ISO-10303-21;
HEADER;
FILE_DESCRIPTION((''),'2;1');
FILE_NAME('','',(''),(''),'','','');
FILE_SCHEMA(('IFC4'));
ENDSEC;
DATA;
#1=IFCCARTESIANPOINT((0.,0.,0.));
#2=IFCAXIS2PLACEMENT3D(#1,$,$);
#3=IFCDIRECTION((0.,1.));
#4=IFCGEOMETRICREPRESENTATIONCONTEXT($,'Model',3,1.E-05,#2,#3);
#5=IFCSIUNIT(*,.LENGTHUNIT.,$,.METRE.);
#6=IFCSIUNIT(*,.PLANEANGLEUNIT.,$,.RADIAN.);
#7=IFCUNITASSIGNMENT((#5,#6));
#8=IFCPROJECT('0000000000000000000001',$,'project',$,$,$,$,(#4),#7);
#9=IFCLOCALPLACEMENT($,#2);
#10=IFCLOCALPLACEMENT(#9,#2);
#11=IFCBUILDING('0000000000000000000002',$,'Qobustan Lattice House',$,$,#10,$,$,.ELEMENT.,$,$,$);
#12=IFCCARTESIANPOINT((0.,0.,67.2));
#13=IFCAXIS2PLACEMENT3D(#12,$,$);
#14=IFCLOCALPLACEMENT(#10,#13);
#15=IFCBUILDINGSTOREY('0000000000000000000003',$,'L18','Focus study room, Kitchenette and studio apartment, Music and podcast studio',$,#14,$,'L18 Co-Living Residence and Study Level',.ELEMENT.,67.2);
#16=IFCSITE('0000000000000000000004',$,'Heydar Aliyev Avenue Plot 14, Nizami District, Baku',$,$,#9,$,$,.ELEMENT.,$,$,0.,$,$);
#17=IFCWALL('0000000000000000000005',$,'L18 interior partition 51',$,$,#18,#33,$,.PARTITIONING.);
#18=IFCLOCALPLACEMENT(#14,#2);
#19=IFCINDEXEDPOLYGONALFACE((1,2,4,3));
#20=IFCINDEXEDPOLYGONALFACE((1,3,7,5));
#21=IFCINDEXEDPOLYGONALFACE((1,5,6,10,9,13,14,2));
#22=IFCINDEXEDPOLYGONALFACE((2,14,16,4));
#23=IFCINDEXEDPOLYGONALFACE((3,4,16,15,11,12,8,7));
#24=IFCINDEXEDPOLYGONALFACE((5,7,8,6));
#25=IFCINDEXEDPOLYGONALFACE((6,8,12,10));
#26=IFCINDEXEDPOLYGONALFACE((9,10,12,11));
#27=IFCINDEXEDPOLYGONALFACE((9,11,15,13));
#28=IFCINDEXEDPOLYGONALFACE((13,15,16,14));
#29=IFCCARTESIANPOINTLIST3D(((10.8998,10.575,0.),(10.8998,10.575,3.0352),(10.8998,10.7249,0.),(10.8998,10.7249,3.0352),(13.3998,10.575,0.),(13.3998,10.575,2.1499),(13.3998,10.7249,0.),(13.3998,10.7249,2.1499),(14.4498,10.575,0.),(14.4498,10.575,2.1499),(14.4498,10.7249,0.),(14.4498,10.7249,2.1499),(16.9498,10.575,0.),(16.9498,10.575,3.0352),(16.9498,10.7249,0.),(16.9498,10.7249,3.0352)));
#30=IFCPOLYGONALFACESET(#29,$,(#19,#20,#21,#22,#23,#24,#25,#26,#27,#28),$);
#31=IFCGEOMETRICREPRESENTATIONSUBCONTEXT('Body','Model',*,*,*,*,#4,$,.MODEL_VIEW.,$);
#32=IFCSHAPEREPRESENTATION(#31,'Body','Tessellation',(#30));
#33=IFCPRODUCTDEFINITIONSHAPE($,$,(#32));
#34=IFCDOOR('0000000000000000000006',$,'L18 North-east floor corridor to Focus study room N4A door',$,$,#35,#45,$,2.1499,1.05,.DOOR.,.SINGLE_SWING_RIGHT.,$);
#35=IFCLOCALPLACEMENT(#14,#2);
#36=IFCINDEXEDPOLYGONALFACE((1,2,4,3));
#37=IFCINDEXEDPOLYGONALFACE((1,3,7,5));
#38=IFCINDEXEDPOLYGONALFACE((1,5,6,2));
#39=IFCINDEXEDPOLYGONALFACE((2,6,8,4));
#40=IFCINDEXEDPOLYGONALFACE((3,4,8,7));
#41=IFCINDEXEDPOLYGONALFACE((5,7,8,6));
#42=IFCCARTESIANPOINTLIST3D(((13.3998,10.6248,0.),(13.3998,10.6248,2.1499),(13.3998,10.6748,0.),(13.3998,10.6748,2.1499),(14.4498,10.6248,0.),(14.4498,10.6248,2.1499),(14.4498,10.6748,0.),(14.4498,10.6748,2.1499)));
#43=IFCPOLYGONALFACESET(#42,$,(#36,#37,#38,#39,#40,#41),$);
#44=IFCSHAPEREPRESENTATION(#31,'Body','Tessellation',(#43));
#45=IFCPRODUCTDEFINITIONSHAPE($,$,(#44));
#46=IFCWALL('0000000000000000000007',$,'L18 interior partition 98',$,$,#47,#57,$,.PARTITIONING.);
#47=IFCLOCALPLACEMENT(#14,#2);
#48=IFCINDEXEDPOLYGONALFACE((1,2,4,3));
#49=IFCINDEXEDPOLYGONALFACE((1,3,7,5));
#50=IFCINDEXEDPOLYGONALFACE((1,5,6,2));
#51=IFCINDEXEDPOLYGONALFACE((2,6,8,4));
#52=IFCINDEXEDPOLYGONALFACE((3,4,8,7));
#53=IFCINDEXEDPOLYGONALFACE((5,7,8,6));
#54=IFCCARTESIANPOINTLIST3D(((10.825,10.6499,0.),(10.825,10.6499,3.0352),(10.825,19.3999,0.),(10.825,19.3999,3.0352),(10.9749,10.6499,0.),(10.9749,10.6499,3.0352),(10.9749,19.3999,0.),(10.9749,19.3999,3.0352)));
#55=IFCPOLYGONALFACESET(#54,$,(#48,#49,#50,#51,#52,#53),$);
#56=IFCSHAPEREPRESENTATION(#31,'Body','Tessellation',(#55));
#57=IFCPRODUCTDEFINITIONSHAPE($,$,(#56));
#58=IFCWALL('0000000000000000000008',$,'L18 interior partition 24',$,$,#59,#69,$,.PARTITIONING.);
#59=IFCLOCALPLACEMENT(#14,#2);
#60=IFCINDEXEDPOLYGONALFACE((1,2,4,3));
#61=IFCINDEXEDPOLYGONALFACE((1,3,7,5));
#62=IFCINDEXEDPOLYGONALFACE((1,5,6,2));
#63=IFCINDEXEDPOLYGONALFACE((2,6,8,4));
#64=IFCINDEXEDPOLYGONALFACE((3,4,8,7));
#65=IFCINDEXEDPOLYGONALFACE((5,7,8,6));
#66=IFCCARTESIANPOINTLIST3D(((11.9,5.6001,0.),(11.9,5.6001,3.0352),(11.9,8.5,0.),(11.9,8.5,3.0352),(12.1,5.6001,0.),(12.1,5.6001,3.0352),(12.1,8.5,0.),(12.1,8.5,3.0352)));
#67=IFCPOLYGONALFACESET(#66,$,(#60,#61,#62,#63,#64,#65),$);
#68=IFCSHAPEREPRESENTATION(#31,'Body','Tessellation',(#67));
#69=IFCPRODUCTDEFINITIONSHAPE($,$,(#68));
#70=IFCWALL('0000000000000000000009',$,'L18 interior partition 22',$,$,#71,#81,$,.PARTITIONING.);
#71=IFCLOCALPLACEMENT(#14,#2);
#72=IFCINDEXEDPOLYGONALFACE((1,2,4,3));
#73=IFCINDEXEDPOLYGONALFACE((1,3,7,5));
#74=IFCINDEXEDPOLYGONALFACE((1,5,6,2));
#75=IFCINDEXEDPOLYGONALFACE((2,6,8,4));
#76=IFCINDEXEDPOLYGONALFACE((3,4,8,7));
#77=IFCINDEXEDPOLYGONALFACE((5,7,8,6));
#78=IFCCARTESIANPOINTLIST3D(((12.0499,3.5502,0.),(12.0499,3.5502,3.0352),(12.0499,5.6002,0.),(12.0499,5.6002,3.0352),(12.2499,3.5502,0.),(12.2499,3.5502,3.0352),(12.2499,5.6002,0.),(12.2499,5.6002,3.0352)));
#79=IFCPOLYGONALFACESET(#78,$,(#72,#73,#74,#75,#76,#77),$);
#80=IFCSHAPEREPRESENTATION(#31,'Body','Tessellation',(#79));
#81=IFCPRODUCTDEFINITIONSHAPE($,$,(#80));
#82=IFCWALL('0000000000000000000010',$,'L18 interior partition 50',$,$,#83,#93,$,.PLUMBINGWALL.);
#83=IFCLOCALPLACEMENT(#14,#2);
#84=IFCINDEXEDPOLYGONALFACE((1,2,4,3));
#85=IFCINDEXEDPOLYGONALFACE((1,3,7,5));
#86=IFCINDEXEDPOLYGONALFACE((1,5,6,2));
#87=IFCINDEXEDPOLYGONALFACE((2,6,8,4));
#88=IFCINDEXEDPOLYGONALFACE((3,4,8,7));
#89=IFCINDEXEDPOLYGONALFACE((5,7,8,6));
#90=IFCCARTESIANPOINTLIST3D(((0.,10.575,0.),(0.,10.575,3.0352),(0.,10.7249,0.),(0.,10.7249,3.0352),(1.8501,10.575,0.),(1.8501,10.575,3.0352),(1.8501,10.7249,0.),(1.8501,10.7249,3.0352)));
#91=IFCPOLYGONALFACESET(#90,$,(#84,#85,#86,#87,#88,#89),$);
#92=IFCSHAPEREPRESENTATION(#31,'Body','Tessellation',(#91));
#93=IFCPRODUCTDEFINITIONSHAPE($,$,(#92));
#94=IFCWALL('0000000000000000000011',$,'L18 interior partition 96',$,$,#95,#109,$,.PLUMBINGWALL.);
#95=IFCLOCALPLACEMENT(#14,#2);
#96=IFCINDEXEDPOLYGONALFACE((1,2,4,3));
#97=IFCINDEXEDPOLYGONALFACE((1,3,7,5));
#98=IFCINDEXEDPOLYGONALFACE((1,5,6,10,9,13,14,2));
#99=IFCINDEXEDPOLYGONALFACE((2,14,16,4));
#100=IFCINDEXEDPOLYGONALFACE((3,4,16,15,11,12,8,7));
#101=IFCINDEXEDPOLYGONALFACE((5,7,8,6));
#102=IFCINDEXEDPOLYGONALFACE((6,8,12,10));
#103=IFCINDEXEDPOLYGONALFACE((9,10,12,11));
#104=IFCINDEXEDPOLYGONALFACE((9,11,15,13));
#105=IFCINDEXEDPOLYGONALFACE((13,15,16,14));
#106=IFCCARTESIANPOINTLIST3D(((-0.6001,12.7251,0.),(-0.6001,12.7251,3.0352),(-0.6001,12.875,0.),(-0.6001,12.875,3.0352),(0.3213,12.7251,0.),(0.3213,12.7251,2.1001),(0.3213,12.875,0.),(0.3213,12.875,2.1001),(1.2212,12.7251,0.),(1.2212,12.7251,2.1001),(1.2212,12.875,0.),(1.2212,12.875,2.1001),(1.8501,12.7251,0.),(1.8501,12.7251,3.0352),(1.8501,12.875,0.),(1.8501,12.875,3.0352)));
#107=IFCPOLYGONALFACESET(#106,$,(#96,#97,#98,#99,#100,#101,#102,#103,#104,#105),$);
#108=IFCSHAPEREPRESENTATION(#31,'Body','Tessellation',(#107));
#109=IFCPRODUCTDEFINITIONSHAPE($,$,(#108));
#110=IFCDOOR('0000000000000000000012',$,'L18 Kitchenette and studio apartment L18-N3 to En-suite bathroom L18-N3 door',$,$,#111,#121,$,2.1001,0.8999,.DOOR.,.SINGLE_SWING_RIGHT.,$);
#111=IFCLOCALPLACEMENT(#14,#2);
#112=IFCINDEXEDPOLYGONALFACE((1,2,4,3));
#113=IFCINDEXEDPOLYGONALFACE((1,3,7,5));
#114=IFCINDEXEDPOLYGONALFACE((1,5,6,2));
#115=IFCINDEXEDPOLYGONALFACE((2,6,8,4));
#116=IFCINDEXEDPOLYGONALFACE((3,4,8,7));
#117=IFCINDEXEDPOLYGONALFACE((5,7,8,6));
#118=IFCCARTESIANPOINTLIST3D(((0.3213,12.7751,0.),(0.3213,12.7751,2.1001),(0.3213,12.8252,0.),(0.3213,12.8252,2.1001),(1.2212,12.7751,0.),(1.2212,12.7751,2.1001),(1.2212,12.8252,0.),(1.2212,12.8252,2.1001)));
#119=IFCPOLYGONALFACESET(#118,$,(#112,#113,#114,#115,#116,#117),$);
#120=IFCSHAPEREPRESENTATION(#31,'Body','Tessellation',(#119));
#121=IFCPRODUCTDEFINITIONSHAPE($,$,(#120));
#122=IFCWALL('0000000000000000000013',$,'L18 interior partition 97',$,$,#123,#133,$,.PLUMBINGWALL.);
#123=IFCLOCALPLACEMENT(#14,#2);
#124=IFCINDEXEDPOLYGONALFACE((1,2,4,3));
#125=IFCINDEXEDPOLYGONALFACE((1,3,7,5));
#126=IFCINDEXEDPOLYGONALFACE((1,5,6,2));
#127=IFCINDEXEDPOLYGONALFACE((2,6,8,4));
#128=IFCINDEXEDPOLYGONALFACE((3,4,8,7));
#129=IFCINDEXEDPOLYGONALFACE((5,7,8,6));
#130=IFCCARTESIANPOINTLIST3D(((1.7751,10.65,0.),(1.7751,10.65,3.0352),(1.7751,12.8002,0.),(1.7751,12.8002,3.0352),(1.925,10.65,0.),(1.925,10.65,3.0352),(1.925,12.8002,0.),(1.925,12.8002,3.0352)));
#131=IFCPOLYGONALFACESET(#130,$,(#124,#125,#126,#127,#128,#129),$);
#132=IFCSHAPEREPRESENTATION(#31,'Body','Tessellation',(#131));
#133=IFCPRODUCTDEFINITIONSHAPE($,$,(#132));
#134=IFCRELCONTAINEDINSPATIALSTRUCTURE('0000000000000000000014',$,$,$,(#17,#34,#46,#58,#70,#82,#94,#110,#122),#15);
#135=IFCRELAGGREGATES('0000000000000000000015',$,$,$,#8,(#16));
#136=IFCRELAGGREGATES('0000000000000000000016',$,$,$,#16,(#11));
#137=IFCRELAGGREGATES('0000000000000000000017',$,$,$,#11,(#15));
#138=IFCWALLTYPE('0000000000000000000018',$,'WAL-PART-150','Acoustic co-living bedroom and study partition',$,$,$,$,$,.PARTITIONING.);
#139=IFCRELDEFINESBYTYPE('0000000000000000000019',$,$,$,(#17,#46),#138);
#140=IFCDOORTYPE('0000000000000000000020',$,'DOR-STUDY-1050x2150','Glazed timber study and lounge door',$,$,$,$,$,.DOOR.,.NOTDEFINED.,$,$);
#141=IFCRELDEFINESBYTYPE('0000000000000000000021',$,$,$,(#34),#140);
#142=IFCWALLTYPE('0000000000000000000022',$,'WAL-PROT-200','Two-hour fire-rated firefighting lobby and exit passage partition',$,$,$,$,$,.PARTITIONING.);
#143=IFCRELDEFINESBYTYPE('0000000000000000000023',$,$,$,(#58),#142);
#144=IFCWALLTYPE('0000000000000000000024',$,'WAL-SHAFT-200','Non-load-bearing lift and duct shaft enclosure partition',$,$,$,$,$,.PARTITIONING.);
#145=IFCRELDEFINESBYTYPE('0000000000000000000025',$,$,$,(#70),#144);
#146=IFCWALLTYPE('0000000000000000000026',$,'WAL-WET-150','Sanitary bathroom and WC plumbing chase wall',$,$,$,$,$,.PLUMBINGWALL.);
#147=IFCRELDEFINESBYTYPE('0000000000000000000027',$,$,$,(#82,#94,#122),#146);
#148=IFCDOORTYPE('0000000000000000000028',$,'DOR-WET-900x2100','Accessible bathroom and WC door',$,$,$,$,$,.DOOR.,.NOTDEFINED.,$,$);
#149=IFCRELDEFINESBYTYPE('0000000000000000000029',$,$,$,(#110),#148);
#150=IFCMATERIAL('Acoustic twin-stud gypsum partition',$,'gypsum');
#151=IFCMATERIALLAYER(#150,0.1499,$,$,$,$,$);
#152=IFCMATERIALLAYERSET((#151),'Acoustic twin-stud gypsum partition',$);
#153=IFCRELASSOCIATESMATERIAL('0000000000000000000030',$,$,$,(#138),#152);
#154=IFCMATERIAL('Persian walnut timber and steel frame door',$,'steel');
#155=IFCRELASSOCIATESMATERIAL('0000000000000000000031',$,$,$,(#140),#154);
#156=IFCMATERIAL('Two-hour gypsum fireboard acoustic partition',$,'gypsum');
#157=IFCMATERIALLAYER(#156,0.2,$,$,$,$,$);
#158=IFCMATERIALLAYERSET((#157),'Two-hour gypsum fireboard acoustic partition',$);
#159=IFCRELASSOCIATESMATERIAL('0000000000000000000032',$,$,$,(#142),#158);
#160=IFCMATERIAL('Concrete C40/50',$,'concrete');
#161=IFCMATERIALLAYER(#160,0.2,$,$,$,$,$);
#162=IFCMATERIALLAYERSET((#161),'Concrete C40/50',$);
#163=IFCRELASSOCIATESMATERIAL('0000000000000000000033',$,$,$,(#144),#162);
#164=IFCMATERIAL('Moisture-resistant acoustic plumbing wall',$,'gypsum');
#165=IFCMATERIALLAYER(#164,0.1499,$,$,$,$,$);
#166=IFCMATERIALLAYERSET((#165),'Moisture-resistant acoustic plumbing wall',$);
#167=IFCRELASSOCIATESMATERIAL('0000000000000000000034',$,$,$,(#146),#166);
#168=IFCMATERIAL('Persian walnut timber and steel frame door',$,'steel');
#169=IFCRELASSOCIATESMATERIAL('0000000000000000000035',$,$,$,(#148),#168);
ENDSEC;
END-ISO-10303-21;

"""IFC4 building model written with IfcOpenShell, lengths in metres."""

from ifc_helpers import new_model, si_unit, direction, frame, frame_2d, origin, place, context, subcontext, project, spatial, rectangle, extrude, material, layer, layer_set, type_object, element, fill, save


model = new_model("IFC4")

# Units and contexts
model_context = context("Model", 3, precision=1e-05, world=origin(), true_north=direction((0.0, 1.0)))
body_context = subcontext(model_context, "Body", "Model", "MODEL_VIEW")
ifc_project = project(units=[si_unit("LENGTHUNIT", "METRE"), si_unit("PLANEANGLEUNIT", "RADIAN")], contexts=[model_context])

# Site, building, storey
site_placement = place(None, origin())
site = spatial("IfcSite", under=ifc_project, at=site_placement, Name="Heydar Aliyev Avenue Plot 14, Nizami District, Baku", CompositionType="ELEMENT", RefElevation=0.0)
building_placement = place(site_placement, origin())
building = spatial("IfcBuilding", under=site, at=building_placement, Name="Qobustan Lattice House", CompositionType="ELEMENT")
storey_placement = place(building_placement, frame((0.0, 0.0, 67.2)))
storey = spatial("IfcBuildingStorey", under=building, at=storey_placement, Name="L18", Description="Focus study room, Kitchenette and studio apartment, Music and podcast studio", LongName="L18 Co-Living Residence and Study Level", CompositionType="ELEMENT", Elevation=67.2)

# Shared definitions
ifc_material_1 = material(Name="Acoustic twin-stud gypsum partition", Category="gypsum")
ifc_layer_1 = layer(ifc_material_1, 0.1499)
ifc_layer_set_1 = layer_set([ifc_layer_1], Name="Acoustic twin-stud gypsum partition")
wall_type_1 = type_object("IfcWallType", Name="WAL-PART-150", Description="Acoustic co-living bedroom and study partition", PredefinedType="PARTITIONING", material=ifc_layer_set_1)

# Wall, opening, door
wall_1_placement = place(storey_placement, frame((10.8999, 10.6499, 0.0), z_axis=(0.0, 0.0, 1.0), x_axis=(1.0, 0.0, 0.0)))
wall_1 = element("IfcWall", 1, at=wall_1_placement, inside=storey, type_object=wall_type_1, Name="L18 interior partition 51", PredefinedType="PARTITIONING", context=body_context, shape_type="SweptSolid", body=[
    extrude(rectangle(XDim=6.05, YDim=0.1499, at=frame_2d((3.0249, 0.0))), origin(), (0.0, 0.0, 1.0), 3.0352),
])
opening_1_placement = place(wall_1_placement, frame((2.5, 0.0, 0.0)))
opening_1 = element("IfcOpeningElement", 2, at=opening_1_placement, cuts=wall_1, PredefinedType="OPENING", context=body_context, shape_type="SweptSolid", body=[
    extrude(rectangle(XDim=1.05, YDim=2.1499, at=frame_2d((0.5249, 1.075))), frame((0.0, 0.085, 0.0), z_axis=(0.0, -1.0, 0.0), x_axis=(1.0, 0.0, 0.0)), (0.0, 0.0, 1.0), 0.1699),
])
ifc_material_2 = material(Name="Persian walnut timber and steel frame door", Category="steel")
door_type_1 = type_object("IfcDoorType", Name="DOR-STUDY-1050x2150", Description="Glazed timber study and lounge door", OperationType="NOTDEFINED", PredefinedType="DOOR", material=ifc_material_2)
door_1_placement = place(opening_1_placement, origin())
door_1 = element("IfcDoor", 3, at=door_1_placement, inside=storey, type_object=door_type_1, Name="L18 North-east floor corridor to Focus study room N4A door", OperationType="SINGLE_SWING_RIGHT", OverallHeight=2.1499, OverallWidth=1.05, PredefinedType="DOOR", context=body_context, shape_type="SweptSolid", body=[
    extrude(rectangle(XDim=1.05, YDim=2.1499, at=frame_2d((0.5249, 1.075))), frame((0.0, 0.0249, 0.0), z_axis=(0.0, -1.0, 0.0), x_axis=(1.0, 0.0, 0.0)), (0.0, 0.0, 1.0), 0.05),
])
fill(opening_1, door_1)

# Walls
wall_2_placement = place(storey_placement, frame((10.8999, 19.3999, 0.0), z_axis=(0.0, 0.0, 1.0), x_axis=(0.0, -1.0, 0.0)))
element("IfcWall", 4, at=wall_2_placement, inside=storey, type_object=wall_type_1, Name="L18 interior partition 98", PredefinedType="PARTITIONING", context=body_context, shape_type="SweptSolid", body=[
    extrude(rectangle(XDim=8.75, YDim=0.1499, at=frame_2d((4.375, 0.0))), origin(), (0.0, 0.0, 1.0), 3.0352),
])
ifc_material_3 = material(Name="Two-hour gypsum fireboard acoustic partition", Category="gypsum")
ifc_layer_2 = layer(ifc_material_3, 0.2)
ifc_layer_set_2 = layer_set([ifc_layer_2], Name="Two-hour gypsum fireboard acoustic partition")
wall_type_2 = type_object("IfcWallType", Name="WAL-PROT-200", Description="Two-hour fire-rated firefighting lobby and exit passage partition", PredefinedType="PARTITIONING", material=ifc_layer_set_2)
wall_3_placement = place(storey_placement, frame((12.0, 8.5, 0.0), z_axis=(0.0, 0.0, 1.0), x_axis=(0.0, -1.0, 0.0)))
element("IfcWall", 5, at=wall_3_placement, inside=storey, type_object=wall_type_2, Name="L18 interior partition 24", PredefinedType="PARTITIONING", context=body_context, shape_type="SweptSolid", body=[
    extrude(rectangle(XDim=2.8999, YDim=0.2, at=frame_2d((1.45, 0.0))), origin(), (0.0, 0.0, 1.0), 3.0352),
])
ifc_material_4 = material(Name="Concrete C40/50", Category="concrete")
ifc_layer_3 = layer(ifc_material_4, 0.2)
ifc_layer_set_3 = layer_set([ifc_layer_3], Name="Concrete C40/50")
wall_type_3 = type_object("IfcWallType", Name="WAL-SHAFT-200", Description="Non-load-bearing lift and duct shaft enclosure partition", PredefinedType="PARTITIONING", material=ifc_layer_set_3)
wall_4_placement = place(storey_placement, frame((12.1499, 5.6001, 0.0), z_axis=(0.0, 0.0, 1.0), x_axis=(0.0, -1.0, 0.0)))
element("IfcWall", 6, at=wall_4_placement, inside=storey, type_object=wall_type_3, Name="L18 interior partition 22", PredefinedType="PARTITIONING", context=body_context, shape_type="SweptSolid", body=[
    extrude(rectangle(XDim=2.05, YDim=0.2, at=frame_2d((1.0249, 0.0))), origin(), (0.0, 0.0, 1.0), 3.0352),
])
ifc_material_5 = material(Name="Moisture-resistant acoustic plumbing wall", Category="gypsum")
ifc_layer_4 = layer(ifc_material_5, 0.1499)
ifc_layer_set_4 = layer_set([ifc_layer_4], Name="Moisture-resistant acoustic plumbing wall")
wall_type_4 = type_object("IfcWallType", Name="WAL-WET-150", Description="Sanitary bathroom and WC plumbing chase wall", PredefinedType="PLUMBINGWALL", material=ifc_layer_set_4)
wall_5_placement = place(storey_placement, frame((0.0, 10.6499, 0.0), z_axis=(0.0, 0.0, 1.0), x_axis=(1.0, 0.0, 0.0)))
element("IfcWall", 7, at=wall_5_placement, inside=storey, type_object=wall_type_4, Name="L18 interior partition 50", PredefinedType="PLUMBINGWALL", context=body_context, shape_type="SweptSolid", body=[
    extrude(rectangle(XDim=1.8501, YDim=0.1499, at=frame_2d((0.925, 0.0))), origin(), (0.0, 0.0, 1.0), 3.0352),
])

# Wall, opening, door
wall_6_placement = place(storey_placement, frame((1.8501, 12.8, 0.0), z_axis=(0.0, 0.0, 1.0), x_axis=(-1.0, 0.0, 0.0)))
wall_6 = element("IfcWall", 8, at=wall_6_placement, inside=storey, type_object=wall_type_4, Name="L18 interior partition 96", PredefinedType="PLUMBINGWALL", context=body_context, shape_type="SweptSolid", body=[
    extrude(rectangle(XDim=2.4502, YDim=0.1499, at=frame_2d((1.2251, 0.0))), origin(), (0.0, 0.0, 1.0), 3.0352),
])
opening_2_placement = place(wall_6_placement, frame((0.6289, 0.0, 0.0)))
opening_2 = element("IfcOpeningElement", 9, at=opening_2_placement, cuts=wall_6, PredefinedType="OPENING", context=body_context, shape_type="SweptSolid", body=[
    extrude(rectangle(XDim=0.8999, YDim=2.1001, at=frame_2d((0.45, 1.05))), frame((0.0, 0.085, 0.0), z_axis=(0.0, -1.0, 0.0), x_axis=(1.0, 0.0, 0.0)), (0.0, 0.0, 1.0), 0.1699),
])
ifc_material_6 = material(Name="Persian walnut timber and steel frame door", Category="steel")
door_type_2 = type_object("IfcDoorType", Name="DOR-WET-900x2100", Description="Accessible bathroom and WC door", OperationType="NOTDEFINED", PredefinedType="DOOR", material=ifc_material_6)
door_2_placement = place(opening_2_placement, origin())
door_2 = element("IfcDoor", 10, at=door_2_placement, inside=storey, type_object=door_type_2, Name="L18 Kitchenette and studio apartment L18-N3 to En-suite bathroom L18-N3 door", OperationType="SINGLE_SWING_RIGHT", OverallHeight=2.1001, OverallWidth=0.8999, PredefinedType="DOOR", context=body_context, shape_type="SweptSolid", body=[
    extrude(rectangle(XDim=0.8999, YDim=2.1001, at=frame_2d((0.45, 1.05))), frame((0.0, 0.0249, 0.0), z_axis=(0.0, -1.0, 0.0), x_axis=(1.0, 0.0, 0.0)), (0.0, 0.0, 1.0), 0.05),
])
fill(opening_2, door_2)

# Wall
wall_7_placement = place(storey_placement, frame((1.8501, 10.6499, 0.0), z_axis=(0.0, 0.0, 1.0), x_axis=(0.0, 1.0, 0.0)))
element("IfcWall", 11, at=wall_7_placement, inside=storey, type_object=wall_type_4, Name="L18 interior partition 97", PredefinedType="PLUMBINGWALL", context=body_context, shape_type="SweptSolid", body=[
    extrude(rectangle(XDim=2.1501, YDim=0.1499, at=frame_2d((1.0752, 0.0))), origin(), (0.0, 0.0, 1.0), 3.0352),
])

save(model, "model.ifc")
